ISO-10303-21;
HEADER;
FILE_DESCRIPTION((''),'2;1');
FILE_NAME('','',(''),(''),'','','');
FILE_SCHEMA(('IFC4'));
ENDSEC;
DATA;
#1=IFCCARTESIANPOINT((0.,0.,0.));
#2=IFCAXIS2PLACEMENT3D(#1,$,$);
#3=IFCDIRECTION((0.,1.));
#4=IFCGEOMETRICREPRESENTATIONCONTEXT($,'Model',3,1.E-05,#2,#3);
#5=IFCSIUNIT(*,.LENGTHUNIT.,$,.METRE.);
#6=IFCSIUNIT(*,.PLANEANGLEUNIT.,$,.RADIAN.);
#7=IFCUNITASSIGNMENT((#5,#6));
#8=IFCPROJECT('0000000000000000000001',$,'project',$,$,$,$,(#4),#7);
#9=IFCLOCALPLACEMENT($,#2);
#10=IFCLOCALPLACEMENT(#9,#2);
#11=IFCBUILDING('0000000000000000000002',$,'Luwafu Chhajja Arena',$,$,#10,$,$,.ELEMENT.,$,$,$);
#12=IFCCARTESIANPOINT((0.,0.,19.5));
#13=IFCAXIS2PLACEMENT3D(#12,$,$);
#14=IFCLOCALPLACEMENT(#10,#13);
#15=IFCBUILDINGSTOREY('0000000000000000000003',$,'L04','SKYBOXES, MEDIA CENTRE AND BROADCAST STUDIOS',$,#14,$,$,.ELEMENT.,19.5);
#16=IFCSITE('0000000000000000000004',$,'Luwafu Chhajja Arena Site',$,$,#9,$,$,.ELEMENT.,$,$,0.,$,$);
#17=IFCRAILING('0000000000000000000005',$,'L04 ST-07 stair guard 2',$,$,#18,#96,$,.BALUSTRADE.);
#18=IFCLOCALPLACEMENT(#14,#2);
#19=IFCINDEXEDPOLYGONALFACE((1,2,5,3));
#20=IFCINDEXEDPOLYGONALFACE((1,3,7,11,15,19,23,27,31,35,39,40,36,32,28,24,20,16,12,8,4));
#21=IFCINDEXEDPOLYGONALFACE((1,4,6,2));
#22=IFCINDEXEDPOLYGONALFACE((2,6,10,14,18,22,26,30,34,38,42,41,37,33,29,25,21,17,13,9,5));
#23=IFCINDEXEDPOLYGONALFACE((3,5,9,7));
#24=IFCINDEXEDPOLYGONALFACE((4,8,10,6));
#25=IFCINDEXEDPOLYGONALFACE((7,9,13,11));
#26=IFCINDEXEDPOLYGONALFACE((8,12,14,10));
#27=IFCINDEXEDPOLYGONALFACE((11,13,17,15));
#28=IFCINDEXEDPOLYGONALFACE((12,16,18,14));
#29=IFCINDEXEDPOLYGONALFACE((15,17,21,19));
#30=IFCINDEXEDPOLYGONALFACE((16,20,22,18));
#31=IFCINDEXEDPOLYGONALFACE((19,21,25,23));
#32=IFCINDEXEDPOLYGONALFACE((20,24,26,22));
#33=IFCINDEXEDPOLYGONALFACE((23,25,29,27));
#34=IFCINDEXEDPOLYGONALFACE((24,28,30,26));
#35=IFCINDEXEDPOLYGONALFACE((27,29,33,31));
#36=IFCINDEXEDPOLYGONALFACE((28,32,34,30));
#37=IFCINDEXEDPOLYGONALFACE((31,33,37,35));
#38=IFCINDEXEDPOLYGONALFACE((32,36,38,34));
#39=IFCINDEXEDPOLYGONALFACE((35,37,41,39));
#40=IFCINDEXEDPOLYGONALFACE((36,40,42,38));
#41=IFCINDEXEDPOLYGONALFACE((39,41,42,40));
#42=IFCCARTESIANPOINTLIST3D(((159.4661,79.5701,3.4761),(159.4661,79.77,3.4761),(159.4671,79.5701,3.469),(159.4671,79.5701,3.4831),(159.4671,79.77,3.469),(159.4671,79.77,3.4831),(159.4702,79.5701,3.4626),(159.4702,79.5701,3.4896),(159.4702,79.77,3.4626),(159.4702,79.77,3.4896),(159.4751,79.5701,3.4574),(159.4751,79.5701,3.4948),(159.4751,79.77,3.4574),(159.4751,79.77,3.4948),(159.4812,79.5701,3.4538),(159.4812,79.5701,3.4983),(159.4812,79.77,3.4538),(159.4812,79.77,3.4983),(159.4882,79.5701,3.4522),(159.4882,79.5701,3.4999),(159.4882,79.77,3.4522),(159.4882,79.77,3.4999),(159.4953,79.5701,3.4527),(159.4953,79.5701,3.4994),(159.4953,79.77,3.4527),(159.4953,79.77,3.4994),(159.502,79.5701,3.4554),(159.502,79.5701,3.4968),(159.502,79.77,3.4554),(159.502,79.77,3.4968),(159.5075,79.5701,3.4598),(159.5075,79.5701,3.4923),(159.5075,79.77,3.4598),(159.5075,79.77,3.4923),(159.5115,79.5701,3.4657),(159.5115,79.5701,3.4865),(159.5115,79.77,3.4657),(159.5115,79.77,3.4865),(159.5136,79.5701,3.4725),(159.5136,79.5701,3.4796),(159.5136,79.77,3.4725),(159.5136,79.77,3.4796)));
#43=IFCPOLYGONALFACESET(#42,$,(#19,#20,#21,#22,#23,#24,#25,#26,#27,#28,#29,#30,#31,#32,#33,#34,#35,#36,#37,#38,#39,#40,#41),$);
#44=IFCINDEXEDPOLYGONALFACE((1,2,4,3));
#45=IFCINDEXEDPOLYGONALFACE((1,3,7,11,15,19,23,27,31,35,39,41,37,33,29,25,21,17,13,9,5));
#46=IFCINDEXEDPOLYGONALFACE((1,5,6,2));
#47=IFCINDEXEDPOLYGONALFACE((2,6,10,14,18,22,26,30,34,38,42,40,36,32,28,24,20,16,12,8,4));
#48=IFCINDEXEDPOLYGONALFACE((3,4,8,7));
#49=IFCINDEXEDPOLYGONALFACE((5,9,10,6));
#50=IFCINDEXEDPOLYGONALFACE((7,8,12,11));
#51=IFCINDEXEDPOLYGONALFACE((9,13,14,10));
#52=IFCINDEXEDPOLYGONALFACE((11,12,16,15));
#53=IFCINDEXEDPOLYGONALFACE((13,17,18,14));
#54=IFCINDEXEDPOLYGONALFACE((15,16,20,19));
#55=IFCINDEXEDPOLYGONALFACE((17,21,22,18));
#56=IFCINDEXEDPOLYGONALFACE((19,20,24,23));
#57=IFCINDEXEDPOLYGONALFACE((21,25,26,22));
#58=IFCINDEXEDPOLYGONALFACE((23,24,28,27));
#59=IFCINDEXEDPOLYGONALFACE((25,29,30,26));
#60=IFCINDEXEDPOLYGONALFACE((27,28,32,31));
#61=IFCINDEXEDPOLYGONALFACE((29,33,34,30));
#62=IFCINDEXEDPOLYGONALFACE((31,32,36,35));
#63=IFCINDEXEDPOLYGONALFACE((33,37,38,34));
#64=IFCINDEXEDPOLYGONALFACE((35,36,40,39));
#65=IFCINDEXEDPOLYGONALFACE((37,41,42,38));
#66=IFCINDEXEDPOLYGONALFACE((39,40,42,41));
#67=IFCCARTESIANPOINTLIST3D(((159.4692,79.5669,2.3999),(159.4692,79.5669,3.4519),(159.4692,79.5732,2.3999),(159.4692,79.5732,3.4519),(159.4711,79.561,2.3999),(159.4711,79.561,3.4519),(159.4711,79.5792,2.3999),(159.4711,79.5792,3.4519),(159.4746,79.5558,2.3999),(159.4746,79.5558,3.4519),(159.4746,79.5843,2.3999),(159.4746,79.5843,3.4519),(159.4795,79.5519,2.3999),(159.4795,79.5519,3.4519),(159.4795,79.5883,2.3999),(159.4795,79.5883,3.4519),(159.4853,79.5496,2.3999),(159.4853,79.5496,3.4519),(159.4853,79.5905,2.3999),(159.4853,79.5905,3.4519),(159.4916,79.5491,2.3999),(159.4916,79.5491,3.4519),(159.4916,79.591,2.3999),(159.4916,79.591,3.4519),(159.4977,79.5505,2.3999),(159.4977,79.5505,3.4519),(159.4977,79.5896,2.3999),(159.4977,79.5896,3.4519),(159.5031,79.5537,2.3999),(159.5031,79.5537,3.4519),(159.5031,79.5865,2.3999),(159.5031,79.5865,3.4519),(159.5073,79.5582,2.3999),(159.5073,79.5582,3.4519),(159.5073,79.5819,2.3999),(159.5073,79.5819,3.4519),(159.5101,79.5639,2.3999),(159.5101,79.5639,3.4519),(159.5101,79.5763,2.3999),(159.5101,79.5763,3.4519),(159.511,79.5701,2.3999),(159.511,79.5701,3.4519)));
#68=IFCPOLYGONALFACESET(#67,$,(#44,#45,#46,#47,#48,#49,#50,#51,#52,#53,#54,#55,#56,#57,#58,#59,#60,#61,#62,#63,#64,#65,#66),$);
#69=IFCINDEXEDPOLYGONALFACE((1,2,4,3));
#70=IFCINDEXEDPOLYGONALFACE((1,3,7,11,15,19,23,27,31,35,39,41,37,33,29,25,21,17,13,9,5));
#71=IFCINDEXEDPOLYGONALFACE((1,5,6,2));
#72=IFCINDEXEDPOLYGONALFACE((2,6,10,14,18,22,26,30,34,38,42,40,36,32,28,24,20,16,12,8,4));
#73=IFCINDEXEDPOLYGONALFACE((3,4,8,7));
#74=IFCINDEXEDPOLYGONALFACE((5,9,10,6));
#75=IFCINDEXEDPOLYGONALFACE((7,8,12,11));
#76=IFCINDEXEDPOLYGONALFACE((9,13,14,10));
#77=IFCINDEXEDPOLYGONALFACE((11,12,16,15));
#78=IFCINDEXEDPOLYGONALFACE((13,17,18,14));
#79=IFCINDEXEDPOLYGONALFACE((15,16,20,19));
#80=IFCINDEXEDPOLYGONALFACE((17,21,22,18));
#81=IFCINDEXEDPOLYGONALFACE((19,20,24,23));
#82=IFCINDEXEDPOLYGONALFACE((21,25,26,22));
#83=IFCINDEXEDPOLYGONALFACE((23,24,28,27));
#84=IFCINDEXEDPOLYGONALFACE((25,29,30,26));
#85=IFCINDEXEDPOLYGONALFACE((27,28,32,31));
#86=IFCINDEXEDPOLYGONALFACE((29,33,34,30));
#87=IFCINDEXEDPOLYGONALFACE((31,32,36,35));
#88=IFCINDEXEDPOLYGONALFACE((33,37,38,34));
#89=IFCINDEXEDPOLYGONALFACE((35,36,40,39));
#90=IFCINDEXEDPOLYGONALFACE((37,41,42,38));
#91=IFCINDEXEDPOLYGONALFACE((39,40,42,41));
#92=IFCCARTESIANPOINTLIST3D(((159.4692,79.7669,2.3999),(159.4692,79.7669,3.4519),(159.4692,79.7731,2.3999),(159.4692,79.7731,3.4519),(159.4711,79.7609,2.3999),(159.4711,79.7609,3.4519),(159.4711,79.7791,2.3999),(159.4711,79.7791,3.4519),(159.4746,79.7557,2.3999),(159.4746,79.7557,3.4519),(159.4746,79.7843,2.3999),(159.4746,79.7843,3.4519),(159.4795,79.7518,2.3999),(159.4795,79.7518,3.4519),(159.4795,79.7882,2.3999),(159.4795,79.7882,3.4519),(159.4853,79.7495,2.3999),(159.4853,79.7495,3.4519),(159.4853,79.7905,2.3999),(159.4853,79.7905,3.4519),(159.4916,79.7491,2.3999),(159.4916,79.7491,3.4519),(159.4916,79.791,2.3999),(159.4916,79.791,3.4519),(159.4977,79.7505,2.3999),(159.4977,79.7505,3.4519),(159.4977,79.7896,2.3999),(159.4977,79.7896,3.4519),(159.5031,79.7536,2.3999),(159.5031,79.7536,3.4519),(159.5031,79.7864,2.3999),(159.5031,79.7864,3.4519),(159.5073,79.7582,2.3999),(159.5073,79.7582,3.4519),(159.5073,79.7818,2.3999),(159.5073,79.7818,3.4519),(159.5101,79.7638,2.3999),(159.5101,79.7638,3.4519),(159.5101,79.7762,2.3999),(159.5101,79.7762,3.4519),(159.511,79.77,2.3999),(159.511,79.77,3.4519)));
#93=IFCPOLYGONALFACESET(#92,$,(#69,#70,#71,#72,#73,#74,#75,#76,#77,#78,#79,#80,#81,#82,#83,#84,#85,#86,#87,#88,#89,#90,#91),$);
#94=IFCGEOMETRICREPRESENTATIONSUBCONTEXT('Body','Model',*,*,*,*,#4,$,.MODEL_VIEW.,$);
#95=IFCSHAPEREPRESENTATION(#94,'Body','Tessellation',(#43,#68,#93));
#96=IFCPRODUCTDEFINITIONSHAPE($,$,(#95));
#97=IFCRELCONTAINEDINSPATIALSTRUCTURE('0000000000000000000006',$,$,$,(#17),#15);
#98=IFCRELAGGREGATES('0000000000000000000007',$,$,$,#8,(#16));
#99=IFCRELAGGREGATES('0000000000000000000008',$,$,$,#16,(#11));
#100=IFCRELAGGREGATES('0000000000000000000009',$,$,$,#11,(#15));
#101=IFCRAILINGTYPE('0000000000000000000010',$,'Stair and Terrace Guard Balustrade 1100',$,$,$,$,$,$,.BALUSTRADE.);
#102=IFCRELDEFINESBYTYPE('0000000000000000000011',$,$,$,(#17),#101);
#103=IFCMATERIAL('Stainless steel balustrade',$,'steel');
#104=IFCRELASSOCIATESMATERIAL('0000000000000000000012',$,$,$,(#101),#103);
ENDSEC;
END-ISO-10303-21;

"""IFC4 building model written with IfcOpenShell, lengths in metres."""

from ifc_helpers import new_model, si_unit, direction, frame, origin, origin_2d, place, context, subcontext, project, spatial, circle, extrude, material, type_object, element, save


model = new_model("IFC4")

# Units and contexts
model_context = context("Model", 3, precision=1e-05, world=origin(), true_north=direction((0.0, 1.0)))
body_context = subcontext(model_context, "Body", "Model", "MODEL_VIEW")
ifc_project = project(units=[si_unit("LENGTHUNIT", "METRE"), si_unit("PLANEANGLEUNIT", "RADIAN")], contexts=[model_context])

# Site, building, storey
site_placement = place(None, origin())
site = spatial("IfcSite", under=ifc_project, at=site_placement, Name="Luwafu Chhajja Arena Site", CompositionType="ELEMENT", RefElevation=0.0)
building_placement = place(site_placement, origin())
building = spatial("IfcBuilding", under=site, at=building_placement, Name="Luwafu Chhajja Arena", CompositionType="ELEMENT")
storey_placement = place(building_placement, frame((0.0, 0.0, 19.5)))
storey = spatial("IfcBuildingStorey", under=building, at=storey_placement, Name="L04", Description="SKYBOXES, MEDIA CENTRE AND BROADCAST STUDIOS", CompositionType="ELEMENT", Elevation=19.5)

# Railing
ifc_material_1 = material(Name="Stainless steel balustrade", Category="steel")
railing_type_1 = type_object("IfcRailingType", Name="Stair and Terrace Guard Balustrade 1100", PredefinedType="BALUSTRADE", material=ifc_material_1)
railing_1_placement = place(storey_placement, frame((159.49, 79.5701, 2.3999)))
element("IfcRailing", 1, at=railing_1_placement, inside=storey, type_object=railing_type_1, Name="L04 ST-07 stair guard 2", PredefinedType="BALUSTRADE", context=body_context, shape_type="SweptSolid", body=[
    extrude(circle(Radius=0.0239, at=origin_2d()), frame((0.0, 0.0, 1.0762), z_axis=(0.0, 1.0, 0.0), x_axis=(-1.0, 0.0, 0.0)), (0.0, 0.0, 1.0), 0.2),
    extrude(circle(Radius=0.021, at=origin_2d()), origin(), (0.0, 0.0, 1.0), 1.052),
    extrude(circle(Radius=0.021, at=origin_2d()), frame((0.0, 0.2, 0.0)), (0.0, 0.0, 1.0), 1.052),
])

save(model, "model.ifc")
